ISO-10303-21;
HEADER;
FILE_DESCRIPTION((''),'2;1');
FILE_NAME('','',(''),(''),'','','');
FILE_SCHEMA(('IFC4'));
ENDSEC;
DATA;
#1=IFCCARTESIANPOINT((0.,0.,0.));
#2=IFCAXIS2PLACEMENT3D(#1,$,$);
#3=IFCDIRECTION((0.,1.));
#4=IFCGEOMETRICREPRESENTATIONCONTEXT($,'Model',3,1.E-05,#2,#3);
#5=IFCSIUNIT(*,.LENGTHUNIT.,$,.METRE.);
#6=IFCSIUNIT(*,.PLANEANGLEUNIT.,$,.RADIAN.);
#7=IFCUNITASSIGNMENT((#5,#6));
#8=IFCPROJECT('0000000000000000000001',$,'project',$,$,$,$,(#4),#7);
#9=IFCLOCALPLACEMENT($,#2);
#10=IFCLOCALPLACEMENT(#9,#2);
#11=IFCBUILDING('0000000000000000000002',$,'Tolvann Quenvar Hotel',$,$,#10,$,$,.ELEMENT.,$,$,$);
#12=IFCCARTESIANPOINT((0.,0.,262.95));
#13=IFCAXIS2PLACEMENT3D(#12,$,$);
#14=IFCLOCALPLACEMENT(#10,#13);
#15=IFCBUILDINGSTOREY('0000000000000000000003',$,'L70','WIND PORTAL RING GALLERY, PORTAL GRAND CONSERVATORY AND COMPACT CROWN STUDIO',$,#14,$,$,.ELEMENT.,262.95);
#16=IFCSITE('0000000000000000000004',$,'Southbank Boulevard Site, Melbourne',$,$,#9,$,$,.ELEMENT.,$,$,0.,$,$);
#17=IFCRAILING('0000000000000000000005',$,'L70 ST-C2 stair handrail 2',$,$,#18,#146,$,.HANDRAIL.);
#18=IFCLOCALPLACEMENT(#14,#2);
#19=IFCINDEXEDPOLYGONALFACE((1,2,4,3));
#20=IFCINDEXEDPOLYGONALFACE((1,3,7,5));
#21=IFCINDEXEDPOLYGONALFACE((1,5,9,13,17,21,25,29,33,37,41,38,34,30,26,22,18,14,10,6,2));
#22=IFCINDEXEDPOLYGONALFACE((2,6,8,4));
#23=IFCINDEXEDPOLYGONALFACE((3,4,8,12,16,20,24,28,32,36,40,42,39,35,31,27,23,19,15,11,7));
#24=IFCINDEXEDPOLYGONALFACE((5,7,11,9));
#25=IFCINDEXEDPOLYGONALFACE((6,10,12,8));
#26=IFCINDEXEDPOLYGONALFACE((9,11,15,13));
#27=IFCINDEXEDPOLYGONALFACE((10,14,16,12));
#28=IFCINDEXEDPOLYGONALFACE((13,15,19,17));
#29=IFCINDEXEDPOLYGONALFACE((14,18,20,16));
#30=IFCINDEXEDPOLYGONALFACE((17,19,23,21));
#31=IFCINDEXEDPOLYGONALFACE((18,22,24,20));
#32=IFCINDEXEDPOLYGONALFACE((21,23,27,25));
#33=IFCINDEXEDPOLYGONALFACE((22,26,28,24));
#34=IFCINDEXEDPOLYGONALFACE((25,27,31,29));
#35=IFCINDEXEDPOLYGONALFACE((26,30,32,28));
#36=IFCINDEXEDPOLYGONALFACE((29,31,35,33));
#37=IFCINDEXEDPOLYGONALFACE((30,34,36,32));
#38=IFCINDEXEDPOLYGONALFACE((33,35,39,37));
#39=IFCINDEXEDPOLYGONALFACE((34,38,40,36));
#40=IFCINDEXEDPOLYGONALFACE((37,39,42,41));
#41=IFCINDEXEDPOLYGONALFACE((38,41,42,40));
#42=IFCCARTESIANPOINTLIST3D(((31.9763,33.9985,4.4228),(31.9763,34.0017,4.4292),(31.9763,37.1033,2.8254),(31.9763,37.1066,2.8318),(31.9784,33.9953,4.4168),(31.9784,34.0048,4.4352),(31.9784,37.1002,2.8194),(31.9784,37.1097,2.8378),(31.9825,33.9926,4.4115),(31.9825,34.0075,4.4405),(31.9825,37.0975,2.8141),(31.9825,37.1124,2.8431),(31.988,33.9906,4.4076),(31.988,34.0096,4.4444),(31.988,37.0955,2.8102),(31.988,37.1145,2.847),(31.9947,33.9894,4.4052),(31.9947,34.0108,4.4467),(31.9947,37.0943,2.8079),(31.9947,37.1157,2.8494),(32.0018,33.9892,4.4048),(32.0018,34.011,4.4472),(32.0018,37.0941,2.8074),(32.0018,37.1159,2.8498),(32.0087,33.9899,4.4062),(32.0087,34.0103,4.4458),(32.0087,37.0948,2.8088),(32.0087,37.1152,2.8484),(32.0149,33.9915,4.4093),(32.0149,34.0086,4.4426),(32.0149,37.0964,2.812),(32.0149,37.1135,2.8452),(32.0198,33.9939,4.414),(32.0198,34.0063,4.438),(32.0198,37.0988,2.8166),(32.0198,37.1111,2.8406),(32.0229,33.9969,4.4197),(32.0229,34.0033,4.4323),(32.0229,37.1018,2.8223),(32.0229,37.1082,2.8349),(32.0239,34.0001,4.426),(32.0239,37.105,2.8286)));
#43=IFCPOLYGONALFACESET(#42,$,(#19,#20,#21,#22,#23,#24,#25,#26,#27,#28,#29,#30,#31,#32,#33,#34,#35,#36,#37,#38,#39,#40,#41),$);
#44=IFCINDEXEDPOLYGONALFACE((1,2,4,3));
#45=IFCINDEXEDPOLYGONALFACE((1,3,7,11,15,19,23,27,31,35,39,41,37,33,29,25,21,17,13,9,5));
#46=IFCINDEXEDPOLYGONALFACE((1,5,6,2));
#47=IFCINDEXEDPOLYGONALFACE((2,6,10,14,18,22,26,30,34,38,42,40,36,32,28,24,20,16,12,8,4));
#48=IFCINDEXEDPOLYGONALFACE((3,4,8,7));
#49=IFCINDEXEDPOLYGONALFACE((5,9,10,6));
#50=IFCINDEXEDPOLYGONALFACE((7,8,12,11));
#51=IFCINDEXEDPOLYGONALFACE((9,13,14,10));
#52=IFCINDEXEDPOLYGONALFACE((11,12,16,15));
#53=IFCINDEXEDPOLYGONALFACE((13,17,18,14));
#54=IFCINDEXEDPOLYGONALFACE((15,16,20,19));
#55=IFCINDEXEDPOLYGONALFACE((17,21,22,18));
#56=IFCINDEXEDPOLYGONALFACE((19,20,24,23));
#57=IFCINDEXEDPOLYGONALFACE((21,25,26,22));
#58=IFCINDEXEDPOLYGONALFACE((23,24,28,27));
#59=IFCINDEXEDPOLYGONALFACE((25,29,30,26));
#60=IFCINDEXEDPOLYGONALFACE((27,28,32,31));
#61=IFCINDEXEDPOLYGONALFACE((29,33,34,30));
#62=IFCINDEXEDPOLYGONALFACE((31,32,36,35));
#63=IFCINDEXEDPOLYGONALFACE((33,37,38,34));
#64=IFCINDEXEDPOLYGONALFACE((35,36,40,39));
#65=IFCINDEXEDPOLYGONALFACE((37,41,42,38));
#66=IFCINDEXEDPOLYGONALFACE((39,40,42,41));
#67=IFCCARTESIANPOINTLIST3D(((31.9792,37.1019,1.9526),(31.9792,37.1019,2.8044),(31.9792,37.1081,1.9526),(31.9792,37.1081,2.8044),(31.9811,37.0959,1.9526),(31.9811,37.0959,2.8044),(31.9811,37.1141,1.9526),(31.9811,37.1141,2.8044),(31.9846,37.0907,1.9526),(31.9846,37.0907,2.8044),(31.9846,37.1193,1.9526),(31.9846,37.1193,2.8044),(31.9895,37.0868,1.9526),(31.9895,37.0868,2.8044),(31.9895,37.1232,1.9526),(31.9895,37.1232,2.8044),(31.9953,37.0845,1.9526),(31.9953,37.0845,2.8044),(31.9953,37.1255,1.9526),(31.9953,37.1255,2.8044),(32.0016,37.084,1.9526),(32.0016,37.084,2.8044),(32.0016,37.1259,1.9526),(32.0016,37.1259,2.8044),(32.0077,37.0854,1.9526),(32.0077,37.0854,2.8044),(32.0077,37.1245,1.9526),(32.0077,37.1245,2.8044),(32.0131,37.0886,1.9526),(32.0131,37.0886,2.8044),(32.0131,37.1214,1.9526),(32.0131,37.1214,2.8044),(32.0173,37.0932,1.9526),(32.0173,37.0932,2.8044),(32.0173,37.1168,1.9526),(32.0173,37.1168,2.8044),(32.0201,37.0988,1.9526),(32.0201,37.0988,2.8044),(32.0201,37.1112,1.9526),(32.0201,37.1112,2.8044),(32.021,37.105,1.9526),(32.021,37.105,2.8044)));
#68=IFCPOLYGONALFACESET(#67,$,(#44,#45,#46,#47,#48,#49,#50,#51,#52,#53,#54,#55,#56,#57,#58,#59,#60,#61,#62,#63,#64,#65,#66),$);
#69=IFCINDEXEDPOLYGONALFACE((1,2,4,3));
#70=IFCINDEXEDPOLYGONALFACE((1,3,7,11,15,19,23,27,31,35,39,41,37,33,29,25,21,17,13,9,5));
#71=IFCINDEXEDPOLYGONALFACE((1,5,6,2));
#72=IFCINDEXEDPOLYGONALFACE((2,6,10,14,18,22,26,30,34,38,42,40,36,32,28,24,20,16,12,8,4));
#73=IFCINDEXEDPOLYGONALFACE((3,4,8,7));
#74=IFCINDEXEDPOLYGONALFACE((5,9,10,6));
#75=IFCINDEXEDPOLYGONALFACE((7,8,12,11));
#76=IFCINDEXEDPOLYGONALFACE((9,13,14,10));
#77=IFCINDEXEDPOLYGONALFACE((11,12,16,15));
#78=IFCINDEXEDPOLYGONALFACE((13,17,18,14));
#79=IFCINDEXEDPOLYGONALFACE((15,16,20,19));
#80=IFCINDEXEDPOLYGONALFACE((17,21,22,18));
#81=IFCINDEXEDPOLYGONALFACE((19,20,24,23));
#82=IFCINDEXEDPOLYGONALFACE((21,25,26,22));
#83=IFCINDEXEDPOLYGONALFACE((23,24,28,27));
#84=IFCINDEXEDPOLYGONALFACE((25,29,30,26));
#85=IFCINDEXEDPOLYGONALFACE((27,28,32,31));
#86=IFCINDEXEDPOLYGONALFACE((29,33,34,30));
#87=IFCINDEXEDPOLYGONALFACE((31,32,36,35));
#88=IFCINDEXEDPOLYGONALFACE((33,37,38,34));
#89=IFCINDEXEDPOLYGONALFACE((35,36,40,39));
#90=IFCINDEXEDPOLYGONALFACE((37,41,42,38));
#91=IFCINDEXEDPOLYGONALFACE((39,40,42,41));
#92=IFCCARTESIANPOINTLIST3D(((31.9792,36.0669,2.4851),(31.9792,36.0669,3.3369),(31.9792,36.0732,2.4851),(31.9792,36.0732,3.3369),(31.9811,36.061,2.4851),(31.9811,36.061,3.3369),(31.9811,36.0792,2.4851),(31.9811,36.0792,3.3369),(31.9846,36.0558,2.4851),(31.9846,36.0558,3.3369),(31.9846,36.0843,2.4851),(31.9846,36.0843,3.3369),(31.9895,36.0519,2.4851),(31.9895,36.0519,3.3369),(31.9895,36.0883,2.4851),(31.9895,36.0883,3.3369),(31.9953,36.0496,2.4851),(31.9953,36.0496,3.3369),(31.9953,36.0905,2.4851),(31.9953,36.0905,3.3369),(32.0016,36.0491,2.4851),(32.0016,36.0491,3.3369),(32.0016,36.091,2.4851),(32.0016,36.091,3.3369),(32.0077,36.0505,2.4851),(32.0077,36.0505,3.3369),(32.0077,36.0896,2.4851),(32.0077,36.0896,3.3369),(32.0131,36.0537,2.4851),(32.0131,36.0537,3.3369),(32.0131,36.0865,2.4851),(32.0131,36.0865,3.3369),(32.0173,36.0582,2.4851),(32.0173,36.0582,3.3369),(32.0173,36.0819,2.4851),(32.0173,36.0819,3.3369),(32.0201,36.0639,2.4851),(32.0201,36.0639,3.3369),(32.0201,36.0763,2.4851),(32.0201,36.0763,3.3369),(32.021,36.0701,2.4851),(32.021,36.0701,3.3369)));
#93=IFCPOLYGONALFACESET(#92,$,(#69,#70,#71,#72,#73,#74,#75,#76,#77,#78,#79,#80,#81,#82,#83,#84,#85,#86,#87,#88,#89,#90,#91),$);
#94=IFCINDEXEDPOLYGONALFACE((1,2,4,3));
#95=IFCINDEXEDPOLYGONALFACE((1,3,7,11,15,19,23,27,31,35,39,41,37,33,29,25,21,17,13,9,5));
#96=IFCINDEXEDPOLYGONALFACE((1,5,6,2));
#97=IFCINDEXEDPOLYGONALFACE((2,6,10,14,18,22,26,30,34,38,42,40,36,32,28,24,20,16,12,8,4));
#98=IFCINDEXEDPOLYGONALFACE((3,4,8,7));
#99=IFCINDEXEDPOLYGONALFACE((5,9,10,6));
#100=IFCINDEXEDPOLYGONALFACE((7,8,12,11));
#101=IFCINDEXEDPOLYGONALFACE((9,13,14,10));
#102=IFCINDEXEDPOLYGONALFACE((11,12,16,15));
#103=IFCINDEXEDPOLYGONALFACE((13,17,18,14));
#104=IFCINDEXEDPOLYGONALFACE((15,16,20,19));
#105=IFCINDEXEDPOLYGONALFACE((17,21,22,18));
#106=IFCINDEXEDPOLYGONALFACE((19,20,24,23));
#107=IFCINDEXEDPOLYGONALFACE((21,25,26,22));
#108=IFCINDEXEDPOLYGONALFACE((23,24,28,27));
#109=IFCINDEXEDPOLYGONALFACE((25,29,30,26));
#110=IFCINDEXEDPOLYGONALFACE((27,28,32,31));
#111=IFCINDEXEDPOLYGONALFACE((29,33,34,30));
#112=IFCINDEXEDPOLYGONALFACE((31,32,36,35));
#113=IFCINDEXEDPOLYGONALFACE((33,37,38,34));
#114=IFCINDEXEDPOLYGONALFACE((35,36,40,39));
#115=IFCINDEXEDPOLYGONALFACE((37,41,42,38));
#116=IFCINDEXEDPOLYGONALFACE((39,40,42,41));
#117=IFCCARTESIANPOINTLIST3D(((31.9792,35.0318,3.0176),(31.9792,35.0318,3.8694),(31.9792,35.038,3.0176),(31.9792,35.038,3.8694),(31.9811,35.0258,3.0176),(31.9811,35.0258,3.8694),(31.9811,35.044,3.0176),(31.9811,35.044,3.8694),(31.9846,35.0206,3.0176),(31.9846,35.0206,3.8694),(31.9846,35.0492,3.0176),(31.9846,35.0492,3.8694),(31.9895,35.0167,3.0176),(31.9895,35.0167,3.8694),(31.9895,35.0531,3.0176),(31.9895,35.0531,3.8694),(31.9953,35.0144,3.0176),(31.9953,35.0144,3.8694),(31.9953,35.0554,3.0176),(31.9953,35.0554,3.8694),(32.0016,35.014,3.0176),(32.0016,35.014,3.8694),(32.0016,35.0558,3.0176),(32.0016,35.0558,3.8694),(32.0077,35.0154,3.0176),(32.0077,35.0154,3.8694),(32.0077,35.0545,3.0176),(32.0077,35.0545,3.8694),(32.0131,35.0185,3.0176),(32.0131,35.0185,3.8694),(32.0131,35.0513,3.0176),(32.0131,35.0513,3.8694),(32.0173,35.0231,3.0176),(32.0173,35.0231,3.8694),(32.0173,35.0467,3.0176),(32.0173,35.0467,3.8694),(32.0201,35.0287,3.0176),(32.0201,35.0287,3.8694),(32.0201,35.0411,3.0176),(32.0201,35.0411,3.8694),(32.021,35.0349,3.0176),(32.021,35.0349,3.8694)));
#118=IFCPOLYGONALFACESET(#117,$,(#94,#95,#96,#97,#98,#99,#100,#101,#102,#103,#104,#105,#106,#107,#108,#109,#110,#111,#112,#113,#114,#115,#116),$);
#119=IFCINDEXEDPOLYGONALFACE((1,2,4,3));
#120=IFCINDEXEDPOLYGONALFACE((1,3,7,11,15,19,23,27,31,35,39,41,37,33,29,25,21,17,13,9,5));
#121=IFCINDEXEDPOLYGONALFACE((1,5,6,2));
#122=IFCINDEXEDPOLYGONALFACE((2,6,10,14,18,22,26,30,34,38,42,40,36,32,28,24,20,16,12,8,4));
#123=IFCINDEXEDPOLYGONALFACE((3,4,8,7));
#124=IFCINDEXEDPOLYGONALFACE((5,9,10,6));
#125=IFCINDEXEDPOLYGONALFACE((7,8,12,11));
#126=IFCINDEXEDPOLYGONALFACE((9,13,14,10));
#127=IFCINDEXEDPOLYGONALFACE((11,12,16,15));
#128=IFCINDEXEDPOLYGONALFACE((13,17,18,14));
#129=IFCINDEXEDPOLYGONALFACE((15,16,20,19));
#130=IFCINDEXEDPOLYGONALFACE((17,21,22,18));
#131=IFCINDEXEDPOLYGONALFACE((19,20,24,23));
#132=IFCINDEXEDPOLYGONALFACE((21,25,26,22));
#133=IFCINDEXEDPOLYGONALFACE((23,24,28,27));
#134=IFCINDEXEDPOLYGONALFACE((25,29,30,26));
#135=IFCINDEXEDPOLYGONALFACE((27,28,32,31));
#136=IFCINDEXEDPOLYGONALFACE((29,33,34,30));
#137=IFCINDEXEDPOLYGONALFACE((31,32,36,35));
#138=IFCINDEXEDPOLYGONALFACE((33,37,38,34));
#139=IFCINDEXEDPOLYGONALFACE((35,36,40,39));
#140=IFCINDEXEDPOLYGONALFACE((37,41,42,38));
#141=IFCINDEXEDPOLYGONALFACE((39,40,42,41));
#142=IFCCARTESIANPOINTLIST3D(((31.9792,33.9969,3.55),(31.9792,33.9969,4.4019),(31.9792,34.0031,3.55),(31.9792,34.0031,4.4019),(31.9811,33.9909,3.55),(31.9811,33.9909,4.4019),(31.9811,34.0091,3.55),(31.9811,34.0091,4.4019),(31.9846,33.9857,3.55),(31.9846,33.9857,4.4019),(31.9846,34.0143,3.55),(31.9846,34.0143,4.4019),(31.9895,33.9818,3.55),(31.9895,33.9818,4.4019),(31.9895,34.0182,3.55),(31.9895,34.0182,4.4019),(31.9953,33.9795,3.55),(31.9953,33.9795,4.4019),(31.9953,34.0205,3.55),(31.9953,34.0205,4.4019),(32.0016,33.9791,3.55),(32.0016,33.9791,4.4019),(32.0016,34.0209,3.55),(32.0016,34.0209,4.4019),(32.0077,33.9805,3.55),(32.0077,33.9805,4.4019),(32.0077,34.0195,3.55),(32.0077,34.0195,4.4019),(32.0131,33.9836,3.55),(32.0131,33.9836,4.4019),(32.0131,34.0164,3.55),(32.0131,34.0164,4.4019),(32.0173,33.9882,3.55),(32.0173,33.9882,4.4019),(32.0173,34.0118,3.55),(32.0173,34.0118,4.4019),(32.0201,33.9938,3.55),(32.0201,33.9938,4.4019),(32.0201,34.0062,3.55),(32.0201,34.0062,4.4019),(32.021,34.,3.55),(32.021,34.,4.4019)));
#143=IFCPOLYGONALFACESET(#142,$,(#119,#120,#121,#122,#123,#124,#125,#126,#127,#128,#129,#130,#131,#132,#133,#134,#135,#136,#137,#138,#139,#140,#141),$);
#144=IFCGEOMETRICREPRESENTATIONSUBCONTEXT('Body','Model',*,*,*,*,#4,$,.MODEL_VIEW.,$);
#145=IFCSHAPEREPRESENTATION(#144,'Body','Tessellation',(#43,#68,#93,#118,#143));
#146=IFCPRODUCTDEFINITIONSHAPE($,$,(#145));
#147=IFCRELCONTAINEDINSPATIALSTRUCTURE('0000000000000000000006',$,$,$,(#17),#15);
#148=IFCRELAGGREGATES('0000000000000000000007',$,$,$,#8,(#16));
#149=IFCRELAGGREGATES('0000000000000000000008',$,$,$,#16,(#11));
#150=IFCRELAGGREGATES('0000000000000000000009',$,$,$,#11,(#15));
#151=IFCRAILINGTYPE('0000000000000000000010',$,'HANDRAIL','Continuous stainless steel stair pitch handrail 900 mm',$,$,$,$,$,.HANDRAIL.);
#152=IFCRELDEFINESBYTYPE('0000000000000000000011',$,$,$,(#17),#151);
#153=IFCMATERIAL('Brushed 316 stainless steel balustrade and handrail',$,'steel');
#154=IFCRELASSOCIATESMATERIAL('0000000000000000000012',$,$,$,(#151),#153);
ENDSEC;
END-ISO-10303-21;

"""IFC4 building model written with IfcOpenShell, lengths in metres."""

from ifc_helpers import new_model, si_unit, direction, frame, origin, origin_2d, place, context, subcontext, project, spatial, circle, extrude, material, type_object, element, save


model = new_model("IFC4")

# Units and contexts
model_context = context("Model", 3, precision=1e-05, world=origin(), true_north=direction((0.0, 1.0)))
body_context = subcontext(model_context, "Body", "Model", "MODEL_VIEW")
ifc_project = project(units=[si_unit("LENGTHUNIT", "METRE"), si_unit("PLANEANGLEUNIT", "RADIAN")], contexts=[model_context])

# Site, building, storey
site_placement = place(None, origin())
site = spatial("IfcSite", under=ifc_project, at=site_placement, Name="Southbank Boulevard Site, Melbourne", CompositionType="ELEMENT", RefElevation=0.0)
building_placement = place(site_placement, origin())
building = spatial("IfcBuilding", under=site, at=building_placement, Name="Tolvann Quenvar Hotel", CompositionType="ELEMENT")
storey_placement = place(building_placement, frame((0.0, 0.0, 262.95)))
storey = spatial("IfcBuildingStorey", under=building, at=storey_placement, Name="L70", Description="WIND PORTAL RING GALLERY, PORTAL GRAND CONSERVATORY AND COMPACT CROWN STUDIO", CompositionType="ELEMENT", Elevation=262.95)

# Railing
ifc_material_1 = material(Name="Brushed 316 stainless steel balustrade and handrail", Category="steel")
railing_type_1 = type_object("IfcRailingType", Name="HANDRAIL", Description="Continuous stainless steel stair pitch handrail 900 mm", PredefinedType="HANDRAIL", material=ifc_material_1)
railing_1_placement = place(storey_placement, frame((32.0, 37.105, 1.9526)))
element("IfcRailing", 1, at=railing_1_placement, inside=storey, type_object=railing_type_1, Name="L70 ST-C2 stair handrail 2", PredefinedType="HANDRAIL", context=body_context, shape_type="SweptSolid", body=[
    extrude(circle(Radius=0.0239, at=origin_2d()), frame((0.0, 0.0, 0.876), z_axis=(0.0, -0.889222, 0.457476), x_axis=(1.0, 0.0, 0.0)), (0.0, 0.0, 1.0), 3.4917),
    extrude(circle(Radius=0.021, at=origin_2d()), origin(), (0.0, 0.0, 1.0), 0.8518),
    extrude(circle(Radius=0.021, at=origin_2d()), frame((0.0, -1.0349, 0.5325)), (0.0, 0.0, 1.0), 0.8518),
    extrude(circle(Radius=0.021, at=origin_2d()), frame((0.0, -2.0701, 1.0649)), (0.0, 0.0, 1.0), 0.8518),
    extrude(circle(Radius=0.021, at=origin_2d()), frame((0.0, -3.105, 1.5974)), (0.0, 0.0, 1.0), 0.8518),
])

save(model, "model.ifc")
